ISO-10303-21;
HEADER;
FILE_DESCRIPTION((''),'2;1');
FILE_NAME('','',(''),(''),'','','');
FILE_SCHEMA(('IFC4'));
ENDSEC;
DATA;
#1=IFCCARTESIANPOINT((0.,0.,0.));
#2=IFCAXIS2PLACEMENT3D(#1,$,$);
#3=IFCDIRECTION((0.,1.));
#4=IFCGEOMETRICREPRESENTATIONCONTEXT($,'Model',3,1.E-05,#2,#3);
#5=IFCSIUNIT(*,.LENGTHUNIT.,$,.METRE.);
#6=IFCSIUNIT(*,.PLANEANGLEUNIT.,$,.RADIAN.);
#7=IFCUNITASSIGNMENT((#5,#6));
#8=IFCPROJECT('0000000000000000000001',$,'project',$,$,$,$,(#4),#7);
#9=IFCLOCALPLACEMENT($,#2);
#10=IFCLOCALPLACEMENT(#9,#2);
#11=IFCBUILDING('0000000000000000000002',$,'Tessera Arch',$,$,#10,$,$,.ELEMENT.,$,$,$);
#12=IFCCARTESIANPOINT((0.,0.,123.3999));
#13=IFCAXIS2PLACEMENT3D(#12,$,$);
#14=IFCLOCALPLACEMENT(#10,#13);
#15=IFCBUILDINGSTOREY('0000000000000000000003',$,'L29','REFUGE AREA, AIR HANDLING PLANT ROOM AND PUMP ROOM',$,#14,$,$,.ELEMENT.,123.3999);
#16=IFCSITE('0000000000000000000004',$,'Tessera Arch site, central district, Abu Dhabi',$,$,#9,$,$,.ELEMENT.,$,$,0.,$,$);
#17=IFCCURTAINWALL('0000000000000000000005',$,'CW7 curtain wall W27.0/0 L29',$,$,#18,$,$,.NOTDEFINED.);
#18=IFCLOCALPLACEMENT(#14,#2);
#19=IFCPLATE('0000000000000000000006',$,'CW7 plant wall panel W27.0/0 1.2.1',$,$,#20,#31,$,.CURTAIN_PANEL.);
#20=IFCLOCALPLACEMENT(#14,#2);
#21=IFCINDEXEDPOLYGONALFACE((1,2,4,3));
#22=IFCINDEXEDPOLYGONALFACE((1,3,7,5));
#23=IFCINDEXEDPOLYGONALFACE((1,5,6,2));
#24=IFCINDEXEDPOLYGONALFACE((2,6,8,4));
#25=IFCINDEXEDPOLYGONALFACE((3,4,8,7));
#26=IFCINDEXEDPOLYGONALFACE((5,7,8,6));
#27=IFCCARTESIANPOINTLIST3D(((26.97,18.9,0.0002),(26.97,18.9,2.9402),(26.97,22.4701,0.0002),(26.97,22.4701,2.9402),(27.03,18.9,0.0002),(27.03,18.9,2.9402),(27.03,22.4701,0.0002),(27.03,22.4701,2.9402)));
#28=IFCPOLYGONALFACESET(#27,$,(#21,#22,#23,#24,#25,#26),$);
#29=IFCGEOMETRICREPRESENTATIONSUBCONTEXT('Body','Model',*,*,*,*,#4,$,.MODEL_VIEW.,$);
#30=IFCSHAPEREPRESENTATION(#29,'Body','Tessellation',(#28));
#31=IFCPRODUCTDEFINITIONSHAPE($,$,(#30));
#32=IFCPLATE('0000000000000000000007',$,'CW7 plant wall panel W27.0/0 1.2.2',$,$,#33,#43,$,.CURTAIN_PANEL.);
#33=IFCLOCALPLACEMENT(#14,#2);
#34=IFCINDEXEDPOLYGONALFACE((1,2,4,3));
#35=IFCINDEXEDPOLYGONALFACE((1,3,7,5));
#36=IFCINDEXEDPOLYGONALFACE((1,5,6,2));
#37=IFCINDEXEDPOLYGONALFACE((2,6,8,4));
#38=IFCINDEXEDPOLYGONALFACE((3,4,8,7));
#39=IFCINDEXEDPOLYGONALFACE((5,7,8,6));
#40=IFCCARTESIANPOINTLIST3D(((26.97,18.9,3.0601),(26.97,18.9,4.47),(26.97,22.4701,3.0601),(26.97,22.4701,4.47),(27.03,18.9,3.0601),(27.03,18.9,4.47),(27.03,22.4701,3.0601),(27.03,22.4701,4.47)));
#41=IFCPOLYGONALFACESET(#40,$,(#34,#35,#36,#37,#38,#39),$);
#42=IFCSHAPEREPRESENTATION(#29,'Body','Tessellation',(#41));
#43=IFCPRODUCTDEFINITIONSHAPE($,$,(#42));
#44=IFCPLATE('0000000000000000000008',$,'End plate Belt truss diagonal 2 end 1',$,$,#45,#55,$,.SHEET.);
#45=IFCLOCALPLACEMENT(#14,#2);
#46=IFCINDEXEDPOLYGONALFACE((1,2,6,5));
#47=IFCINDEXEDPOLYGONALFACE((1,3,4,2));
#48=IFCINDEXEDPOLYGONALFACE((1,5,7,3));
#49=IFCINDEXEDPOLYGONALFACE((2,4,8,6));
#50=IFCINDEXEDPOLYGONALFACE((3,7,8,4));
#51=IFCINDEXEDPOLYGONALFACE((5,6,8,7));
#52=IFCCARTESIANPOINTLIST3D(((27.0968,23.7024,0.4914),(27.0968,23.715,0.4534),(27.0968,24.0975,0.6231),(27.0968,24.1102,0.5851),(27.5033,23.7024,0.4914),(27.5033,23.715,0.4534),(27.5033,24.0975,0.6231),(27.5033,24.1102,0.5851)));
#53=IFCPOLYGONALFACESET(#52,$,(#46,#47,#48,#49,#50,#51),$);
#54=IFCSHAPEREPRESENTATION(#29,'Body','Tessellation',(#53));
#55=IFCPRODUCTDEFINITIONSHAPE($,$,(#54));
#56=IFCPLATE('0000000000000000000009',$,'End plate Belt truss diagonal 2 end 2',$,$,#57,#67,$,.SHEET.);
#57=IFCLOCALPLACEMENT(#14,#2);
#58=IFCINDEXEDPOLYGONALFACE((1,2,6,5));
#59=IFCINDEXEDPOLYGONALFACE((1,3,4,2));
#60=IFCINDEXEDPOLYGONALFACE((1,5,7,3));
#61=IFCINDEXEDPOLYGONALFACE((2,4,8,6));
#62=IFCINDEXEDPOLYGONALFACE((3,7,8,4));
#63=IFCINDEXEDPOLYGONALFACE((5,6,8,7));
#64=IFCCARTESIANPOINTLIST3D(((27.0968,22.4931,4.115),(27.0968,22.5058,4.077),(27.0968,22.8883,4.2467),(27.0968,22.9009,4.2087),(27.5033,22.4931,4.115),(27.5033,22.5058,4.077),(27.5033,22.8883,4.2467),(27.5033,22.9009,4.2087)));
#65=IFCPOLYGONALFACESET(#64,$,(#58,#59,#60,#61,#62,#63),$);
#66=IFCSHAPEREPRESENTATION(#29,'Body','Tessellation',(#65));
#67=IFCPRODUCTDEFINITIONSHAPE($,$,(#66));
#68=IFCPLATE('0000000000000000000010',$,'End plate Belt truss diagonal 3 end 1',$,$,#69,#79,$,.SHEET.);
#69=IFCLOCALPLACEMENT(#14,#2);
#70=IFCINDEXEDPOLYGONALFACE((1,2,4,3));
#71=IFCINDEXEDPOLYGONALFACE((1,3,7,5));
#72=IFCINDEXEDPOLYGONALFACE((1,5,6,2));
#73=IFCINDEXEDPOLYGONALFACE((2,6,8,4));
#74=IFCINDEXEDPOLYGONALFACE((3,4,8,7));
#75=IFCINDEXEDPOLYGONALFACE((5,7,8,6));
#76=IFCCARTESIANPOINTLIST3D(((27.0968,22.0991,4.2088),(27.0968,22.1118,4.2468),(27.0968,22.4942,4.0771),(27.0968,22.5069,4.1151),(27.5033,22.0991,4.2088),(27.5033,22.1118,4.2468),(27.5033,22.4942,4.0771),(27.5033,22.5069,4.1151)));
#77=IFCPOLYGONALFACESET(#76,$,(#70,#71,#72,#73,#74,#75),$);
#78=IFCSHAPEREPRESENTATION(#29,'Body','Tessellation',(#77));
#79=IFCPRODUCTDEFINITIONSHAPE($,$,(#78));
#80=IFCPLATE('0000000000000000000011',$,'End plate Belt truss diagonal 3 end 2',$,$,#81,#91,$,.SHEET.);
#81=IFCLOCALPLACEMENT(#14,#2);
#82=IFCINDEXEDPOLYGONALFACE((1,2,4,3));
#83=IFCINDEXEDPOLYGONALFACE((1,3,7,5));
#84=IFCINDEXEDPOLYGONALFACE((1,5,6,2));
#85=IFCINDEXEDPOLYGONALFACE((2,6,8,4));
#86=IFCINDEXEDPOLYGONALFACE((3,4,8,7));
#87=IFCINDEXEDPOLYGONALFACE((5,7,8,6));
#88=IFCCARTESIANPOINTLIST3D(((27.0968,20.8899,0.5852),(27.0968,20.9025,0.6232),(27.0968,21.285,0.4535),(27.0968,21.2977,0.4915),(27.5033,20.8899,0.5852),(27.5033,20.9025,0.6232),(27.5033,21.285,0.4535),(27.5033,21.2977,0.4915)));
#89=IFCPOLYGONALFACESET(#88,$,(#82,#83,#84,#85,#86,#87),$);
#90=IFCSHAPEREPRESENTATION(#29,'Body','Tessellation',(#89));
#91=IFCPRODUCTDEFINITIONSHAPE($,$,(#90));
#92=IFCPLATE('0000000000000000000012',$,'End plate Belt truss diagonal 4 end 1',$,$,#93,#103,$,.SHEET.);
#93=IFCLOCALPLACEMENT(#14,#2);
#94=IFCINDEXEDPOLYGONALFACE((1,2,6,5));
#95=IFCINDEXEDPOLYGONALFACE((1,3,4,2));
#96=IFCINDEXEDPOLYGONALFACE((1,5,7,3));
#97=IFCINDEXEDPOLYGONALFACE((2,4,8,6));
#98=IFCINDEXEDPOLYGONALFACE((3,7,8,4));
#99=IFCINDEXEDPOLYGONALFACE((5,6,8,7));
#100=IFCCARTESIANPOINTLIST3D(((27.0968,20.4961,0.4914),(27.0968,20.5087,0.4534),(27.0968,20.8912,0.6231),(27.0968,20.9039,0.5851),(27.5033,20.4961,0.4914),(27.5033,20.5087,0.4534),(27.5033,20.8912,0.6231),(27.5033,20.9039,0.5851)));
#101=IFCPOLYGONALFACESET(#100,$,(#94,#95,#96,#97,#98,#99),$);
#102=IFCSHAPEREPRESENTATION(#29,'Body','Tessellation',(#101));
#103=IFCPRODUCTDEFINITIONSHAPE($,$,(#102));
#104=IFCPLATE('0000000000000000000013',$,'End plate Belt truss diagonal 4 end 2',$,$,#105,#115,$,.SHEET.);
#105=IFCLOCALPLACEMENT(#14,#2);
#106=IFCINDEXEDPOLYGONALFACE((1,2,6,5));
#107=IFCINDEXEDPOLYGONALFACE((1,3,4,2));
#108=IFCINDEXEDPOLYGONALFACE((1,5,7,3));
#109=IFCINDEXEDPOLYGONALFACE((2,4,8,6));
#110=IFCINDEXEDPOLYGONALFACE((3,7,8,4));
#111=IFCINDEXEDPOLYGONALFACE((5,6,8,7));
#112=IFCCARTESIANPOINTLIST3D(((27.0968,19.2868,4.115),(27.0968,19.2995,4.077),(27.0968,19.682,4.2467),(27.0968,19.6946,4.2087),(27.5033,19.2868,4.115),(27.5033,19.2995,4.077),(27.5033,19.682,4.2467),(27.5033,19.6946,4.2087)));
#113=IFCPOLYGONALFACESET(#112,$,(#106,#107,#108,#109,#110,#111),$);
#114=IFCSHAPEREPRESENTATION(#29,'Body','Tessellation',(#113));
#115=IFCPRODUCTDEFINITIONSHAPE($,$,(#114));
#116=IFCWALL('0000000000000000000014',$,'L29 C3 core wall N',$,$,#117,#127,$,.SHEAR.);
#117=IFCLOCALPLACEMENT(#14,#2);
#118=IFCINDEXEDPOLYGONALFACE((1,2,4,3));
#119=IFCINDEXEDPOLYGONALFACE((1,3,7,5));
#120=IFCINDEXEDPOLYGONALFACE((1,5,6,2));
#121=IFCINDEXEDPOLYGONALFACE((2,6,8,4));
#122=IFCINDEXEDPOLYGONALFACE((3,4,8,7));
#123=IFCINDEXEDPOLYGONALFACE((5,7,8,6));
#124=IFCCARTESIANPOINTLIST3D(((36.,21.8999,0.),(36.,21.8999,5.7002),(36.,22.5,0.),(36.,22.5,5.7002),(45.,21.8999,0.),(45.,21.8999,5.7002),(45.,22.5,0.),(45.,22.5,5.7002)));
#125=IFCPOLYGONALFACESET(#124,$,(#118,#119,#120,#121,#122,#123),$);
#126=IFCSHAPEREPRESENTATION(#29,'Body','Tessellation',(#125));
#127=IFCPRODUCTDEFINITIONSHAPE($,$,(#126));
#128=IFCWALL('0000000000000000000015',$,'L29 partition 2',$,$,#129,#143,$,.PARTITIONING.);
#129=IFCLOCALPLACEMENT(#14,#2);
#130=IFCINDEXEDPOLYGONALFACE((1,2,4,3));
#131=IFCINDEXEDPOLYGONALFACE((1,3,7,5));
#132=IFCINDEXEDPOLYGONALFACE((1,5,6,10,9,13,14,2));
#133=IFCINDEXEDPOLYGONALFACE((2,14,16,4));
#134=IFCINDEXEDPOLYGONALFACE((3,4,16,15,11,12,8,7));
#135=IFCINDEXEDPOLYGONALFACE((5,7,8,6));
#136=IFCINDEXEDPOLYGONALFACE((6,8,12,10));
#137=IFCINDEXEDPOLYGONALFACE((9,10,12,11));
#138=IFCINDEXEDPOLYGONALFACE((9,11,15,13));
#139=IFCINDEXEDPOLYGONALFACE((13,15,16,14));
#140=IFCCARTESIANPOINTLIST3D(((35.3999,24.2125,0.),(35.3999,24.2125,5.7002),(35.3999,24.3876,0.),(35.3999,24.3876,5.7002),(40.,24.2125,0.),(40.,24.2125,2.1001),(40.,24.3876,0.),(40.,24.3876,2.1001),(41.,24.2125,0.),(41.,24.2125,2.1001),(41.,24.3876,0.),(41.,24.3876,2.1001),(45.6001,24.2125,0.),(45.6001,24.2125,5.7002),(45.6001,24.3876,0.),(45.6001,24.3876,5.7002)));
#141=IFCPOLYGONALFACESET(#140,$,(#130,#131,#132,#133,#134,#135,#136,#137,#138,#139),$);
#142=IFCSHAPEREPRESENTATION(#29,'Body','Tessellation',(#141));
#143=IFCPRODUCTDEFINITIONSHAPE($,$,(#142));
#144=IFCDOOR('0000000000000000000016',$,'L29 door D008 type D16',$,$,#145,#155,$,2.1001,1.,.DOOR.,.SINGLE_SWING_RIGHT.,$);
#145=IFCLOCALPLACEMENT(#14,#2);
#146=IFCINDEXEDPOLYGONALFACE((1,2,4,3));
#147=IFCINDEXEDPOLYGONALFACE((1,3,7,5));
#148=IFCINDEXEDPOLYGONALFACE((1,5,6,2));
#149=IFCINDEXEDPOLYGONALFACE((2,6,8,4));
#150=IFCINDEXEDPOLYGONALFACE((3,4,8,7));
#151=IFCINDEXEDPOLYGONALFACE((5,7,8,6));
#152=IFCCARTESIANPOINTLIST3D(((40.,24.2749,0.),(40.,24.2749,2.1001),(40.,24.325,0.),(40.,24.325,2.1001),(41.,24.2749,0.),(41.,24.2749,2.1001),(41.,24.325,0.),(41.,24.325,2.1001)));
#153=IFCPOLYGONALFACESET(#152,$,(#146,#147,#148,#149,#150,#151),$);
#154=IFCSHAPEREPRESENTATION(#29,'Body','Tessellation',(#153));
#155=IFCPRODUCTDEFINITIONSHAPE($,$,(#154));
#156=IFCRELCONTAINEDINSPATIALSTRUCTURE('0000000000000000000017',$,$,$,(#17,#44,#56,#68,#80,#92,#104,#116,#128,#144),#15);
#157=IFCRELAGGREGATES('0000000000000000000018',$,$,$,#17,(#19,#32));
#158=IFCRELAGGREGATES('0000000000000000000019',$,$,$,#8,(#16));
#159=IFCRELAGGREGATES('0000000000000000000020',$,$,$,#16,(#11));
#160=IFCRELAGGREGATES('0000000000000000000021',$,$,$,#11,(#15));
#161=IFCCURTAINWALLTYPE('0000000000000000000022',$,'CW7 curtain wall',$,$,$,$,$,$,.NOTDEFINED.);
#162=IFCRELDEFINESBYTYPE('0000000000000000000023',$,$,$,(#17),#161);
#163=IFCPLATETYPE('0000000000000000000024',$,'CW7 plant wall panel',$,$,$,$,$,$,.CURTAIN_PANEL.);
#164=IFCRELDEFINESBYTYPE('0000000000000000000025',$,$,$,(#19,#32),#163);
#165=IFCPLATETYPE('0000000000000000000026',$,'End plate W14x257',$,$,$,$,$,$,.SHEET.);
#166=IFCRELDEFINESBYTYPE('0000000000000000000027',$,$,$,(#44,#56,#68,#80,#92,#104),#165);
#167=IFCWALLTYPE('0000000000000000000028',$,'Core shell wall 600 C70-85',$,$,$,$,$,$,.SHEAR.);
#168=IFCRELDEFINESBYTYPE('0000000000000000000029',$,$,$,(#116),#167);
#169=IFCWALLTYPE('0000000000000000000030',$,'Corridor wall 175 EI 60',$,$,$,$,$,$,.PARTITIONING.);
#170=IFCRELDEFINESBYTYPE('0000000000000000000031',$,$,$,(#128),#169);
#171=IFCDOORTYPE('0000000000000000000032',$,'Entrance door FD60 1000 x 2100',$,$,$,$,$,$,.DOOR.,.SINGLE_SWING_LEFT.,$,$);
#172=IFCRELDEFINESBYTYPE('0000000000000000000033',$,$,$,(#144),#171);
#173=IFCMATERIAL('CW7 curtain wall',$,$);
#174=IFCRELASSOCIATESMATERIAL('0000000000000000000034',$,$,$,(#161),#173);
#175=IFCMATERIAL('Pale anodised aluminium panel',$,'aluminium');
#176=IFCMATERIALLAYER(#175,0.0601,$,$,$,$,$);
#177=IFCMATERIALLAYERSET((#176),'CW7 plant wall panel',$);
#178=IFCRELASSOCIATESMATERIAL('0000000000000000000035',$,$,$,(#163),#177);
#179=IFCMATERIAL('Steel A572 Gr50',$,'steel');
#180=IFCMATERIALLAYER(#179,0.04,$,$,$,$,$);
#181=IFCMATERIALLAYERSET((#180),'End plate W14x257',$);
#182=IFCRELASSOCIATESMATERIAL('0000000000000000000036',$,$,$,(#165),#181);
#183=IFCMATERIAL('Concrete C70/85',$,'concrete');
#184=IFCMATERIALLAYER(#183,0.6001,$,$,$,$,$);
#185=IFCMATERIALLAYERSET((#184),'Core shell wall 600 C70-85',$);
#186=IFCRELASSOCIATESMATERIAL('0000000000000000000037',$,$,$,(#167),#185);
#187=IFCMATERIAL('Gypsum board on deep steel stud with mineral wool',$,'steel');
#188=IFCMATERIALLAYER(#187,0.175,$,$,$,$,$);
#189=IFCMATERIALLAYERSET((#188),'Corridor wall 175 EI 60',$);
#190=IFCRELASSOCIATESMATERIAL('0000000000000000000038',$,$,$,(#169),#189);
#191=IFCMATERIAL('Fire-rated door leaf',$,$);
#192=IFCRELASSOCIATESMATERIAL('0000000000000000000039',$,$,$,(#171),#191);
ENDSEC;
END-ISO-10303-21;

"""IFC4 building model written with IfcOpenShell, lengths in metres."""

from ifc_helpers import new_model, si_unit, direction, frame, frame_2d, origin, origin_2d, place, context, subcontext, project, spatial, rectangle, extrude, material, layer, layer_set, type_object, element, fill, aggregate, save


model = new_model("IFC4")

# Units and contexts
model_context = context("Model", 3, precision=1e-05, world=origin(), true_north=direction((0.0, 1.0)))
body_context = subcontext(model_context, "Body", "Model", "MODEL_VIEW")
ifc_project = project(units=[si_unit("LENGTHUNIT", "METRE"), si_unit("PLANEANGLEUNIT", "RADIAN")], contexts=[model_context])

# Site, building, storey
site_placement = place(None, origin())
site = spatial("IfcSite", under=ifc_project, at=site_placement, Name="Tessera Arch site, central district, Abu Dhabi", CompositionType="ELEMENT", RefElevation=0.0)
building_placement = place(site_placement, origin())
building = spatial("IfcBuilding", under=site, at=building_placement, Name="Tessera Arch", CompositionType="ELEMENT")
storey_placement = place(building_placement, frame((0.0, 0.0, 123.3999)))
storey = spatial("IfcBuildingStorey", under=building, at=storey_placement, Name="L29", Description="REFUGE AREA, AIR HANDLING PLANT ROOM AND PUMP ROOM", CompositionType="ELEMENT", Elevation=123.3999)

# Curtain wall
ifc_material_1 = material(Name="CW7 curtain wall")
curtain_wall_type = type_object("IfcCurtainWallType", Name="CW7 curtain wall", PredefinedType="NOTDEFINED", material=ifc_material_1)
curtain_wall_placement = place(storey_placement, origin())
curtain_wall = element("IfcCurtainWall", 1, at=curtain_wall_placement, inside=storey, type_object=curtain_wall_type, Name="CW7 curtain wall W27.0/0 L29", PredefinedType="NOTDEFINED")

# Plates
ifc_material_2 = material(Name="Pale anodised aluminium panel", Category="aluminium")
ifc_layer_1 = layer(ifc_material_2, 0.0601)
ifc_layer_set_1 = layer_set([ifc_layer_1], Name="CW7 plant wall panel")
plate_type_1 = type_object("IfcPlateType", Name="CW7 plant wall panel", PredefinedType="CURTAIN_PANEL", material=ifc_layer_set_1)
plate_1_placement = place(storey_placement, frame((27.0, 20.6851, 0.0002), z_axis=(0.0, 0.0, 1.0), x_axis=(0.0, -1.0, 0.0)))
plate_1 = element("IfcPlate", 2, at=plate_1_placement, type_object=plate_type_1, Name="CW7 plant wall panel W27.0/0 1.2.1", PredefinedType="CURTAIN_PANEL", context=body_context, shape_type="SweptSolid", body=[
    extrude(rectangle(XDim=3.5701, YDim=0.0601, at=origin_2d()), origin(), (0.0, 0.0, 1.0), 2.9399),
])
plate_2_placement = place(storey_placement, frame((27.0, 20.6851, 3.0601), z_axis=(0.0, 0.0, 1.0), x_axis=(0.0, -1.0, 0.0)))
plate_2 = element("IfcPlate", 3, at=plate_2_placement, type_object=plate_type_1, Name="CW7 plant wall panel W27.0/0 1.2.2", PredefinedType="CURTAIN_PANEL", context=body_context, shape_type="SweptSolid", body=[
    extrude(rectangle(XDim=3.5701, YDim=0.0601, at=origin_2d()), origin(), (0.0, 0.0, 1.0), 1.4099),
])
aggregate(curtain_wall, [plate_1, plate_2])

# Plates
ifc_material_3 = material(Name="Steel A572 Gr50", Category="steel")
ifc_layer_2 = layer(ifc_material_3, 0.04)
ifc_layer_set_2 = layer_set([ifc_layer_2], Name="End plate W14x257")
plate_type_2 = type_object("IfcPlateType", Name="End plate W14x257", PredefinedType="SHEET", material=ifc_layer_set_2)
for number, where, z_axis, x_axis, name in (
    (4, (27.3, 23.9126, 0.5193), (0.0, -0.316228, 0.948683), (1.0, 0.0, 0.0), "End plate Belt truss diagonal 2 end 1"),
    (5, (27.3, 22.7034, 4.1428), (0.0, -0.316228, 0.948683), (1.0, 0.0, 0.0), "End plate Belt truss diagonal 2 end 2"),
    (6, (27.3, 22.3093, 4.1809), (0.0, -0.316228, -0.948683), (1.0, 0.0, 0.0), "End plate Belt truss diagonal 3 end 1"),
    (7, (27.3, 21.1001, 0.5574), (0.0, -0.316228, -0.948683), (1.0, 0.0, 0.0), "End plate Belt truss diagonal 3 end 2"),
    (8, (27.3, 20.7063, 0.5193), (0.0, -0.316228, 0.948683), (1.0, 0.0, 0.0), "End plate Belt truss diagonal 4 end 1"),
    (9, (27.3, 19.4971, 4.1428), (0.0, -0.316228, 0.948683), (1.0, 0.0, 0.0), "End plate Belt truss diagonal 4 end 2"),
):
    element("IfcPlate", number, at=place(storey_placement, frame(where, z_axis=z_axis, x_axis=x_axis)), inside=storey, type_object=plate_type_2, Name=name, PredefinedType="SHEET", context=body_context, shape_type="SweptSolid", body=[
        extrude(rectangle(XDim=0.4065, YDim=0.4165, at=origin_2d()), origin(), (0.0, 0.0, 1.0), 0.04),
    ])

# Wall
ifc_material_4 = material(Name="Concrete C70/85", Category="concrete")
ifc_layer_3 = layer(ifc_material_4, 0.6001)
ifc_layer_set_3 = layer_set([ifc_layer_3], Name="Core shell wall 600 C70-85")
wall_type_1 = type_object("IfcWallType", Name="Core shell wall 600 C70-85", PredefinedType="SHEAR", material=ifc_layer_set_3)
wall_1_placement = place(storey_placement, frame((36.0, 22.2, 0.0), z_axis=(0.0, 0.0, 1.0), x_axis=(1.0, 0.0, 0.0)))
element("IfcWall", 10, at=wall_1_placement, inside=storey, type_object=wall_type_1, Name="L29 C3 core wall N", PredefinedType="SHEAR", context=body_context, shape_type="SweptSolid", body=[
    extrude(rectangle(XDim=9.0, YDim=0.6001, at=frame_2d((4.5, 0.0))), origin(), (0.0, 0.0, 1.0), 5.7002),
])

# Wall, opening, door
ifc_material_5 = material(Name="Gypsum board on deep steel stud with mineral wool", Category="steel")
ifc_layer_4 = layer(ifc_material_5, 0.175)
ifc_layer_set_4 = layer_set([ifc_layer_4], Name="Corridor wall 175 EI 60")
wall_type_2 = type_object("IfcWallType", Name="Corridor wall 175 EI 60", PredefinedType="PARTITIONING", material=ifc_layer_set_4)
wall_2_placement = place(storey_placement, frame((35.3999, 24.3, 0.0), z_axis=(0.0, 0.0, 1.0), x_axis=(1.0, 0.0, 0.0)))
wall_2 = element("IfcWall", 11, at=wall_2_placement, inside=storey, type_object=wall_type_2, Name="L29 partition 2", PredefinedType="PARTITIONING", context=body_context, shape_type="SweptSolid", body=[
    extrude(rectangle(XDim=10.2002, YDim=0.175, at=frame_2d((5.1001, 0.0))), origin(), (0.0, 0.0, 1.0), 5.7002),
])
opening_placement = place(wall_2_placement, frame((4.6001, 0.0, 0.0)))
opening = element("IfcOpeningElement", 12, at=opening_placement, cuts=wall_2, PredefinedType="OPENING", context=body_context, shape_type="SweptSolid", body=[
    extrude(rectangle(XDim=1.0, YDim=2.1001, at=frame_2d((0.5, 1.05))), frame((0.0, 0.0974, 0.0), z_axis=(0.0, -1.0, 0.0), x_axis=(1.0, 0.0, 0.0)), (0.0, 0.0, 1.0), 0.1951),
])
ifc_material_6 = material(Name="Fire-rated door leaf")
door_type = type_object("IfcDoorType", Name="Entrance door FD60 1000 x 2100", OperationType="SINGLE_SWING_LEFT", PredefinedType="DOOR", material=ifc_material_6)
door_placement = place(opening_placement, origin())
door = element("IfcDoor", 13, at=door_placement, inside=storey, type_object=door_type, Name="L29 door D008 type D16", OperationType="SINGLE_SWING_RIGHT", OverallHeight=2.1001, OverallWidth=1.0, PredefinedType="DOOR", context=body_context, shape_type="SweptSolid", body=[
    extrude(rectangle(XDim=1.0, YDim=2.1001, at=frame_2d((0.5, 1.05))), frame((0.0, 0.0249, 0.0), z_axis=(0.0, -1.0, 0.0), x_axis=(1.0, 0.0, 0.0)), (0.0, 0.0, 1.0), 0.05),
])
fill(opening, door)

save(model, "model.ifc")
